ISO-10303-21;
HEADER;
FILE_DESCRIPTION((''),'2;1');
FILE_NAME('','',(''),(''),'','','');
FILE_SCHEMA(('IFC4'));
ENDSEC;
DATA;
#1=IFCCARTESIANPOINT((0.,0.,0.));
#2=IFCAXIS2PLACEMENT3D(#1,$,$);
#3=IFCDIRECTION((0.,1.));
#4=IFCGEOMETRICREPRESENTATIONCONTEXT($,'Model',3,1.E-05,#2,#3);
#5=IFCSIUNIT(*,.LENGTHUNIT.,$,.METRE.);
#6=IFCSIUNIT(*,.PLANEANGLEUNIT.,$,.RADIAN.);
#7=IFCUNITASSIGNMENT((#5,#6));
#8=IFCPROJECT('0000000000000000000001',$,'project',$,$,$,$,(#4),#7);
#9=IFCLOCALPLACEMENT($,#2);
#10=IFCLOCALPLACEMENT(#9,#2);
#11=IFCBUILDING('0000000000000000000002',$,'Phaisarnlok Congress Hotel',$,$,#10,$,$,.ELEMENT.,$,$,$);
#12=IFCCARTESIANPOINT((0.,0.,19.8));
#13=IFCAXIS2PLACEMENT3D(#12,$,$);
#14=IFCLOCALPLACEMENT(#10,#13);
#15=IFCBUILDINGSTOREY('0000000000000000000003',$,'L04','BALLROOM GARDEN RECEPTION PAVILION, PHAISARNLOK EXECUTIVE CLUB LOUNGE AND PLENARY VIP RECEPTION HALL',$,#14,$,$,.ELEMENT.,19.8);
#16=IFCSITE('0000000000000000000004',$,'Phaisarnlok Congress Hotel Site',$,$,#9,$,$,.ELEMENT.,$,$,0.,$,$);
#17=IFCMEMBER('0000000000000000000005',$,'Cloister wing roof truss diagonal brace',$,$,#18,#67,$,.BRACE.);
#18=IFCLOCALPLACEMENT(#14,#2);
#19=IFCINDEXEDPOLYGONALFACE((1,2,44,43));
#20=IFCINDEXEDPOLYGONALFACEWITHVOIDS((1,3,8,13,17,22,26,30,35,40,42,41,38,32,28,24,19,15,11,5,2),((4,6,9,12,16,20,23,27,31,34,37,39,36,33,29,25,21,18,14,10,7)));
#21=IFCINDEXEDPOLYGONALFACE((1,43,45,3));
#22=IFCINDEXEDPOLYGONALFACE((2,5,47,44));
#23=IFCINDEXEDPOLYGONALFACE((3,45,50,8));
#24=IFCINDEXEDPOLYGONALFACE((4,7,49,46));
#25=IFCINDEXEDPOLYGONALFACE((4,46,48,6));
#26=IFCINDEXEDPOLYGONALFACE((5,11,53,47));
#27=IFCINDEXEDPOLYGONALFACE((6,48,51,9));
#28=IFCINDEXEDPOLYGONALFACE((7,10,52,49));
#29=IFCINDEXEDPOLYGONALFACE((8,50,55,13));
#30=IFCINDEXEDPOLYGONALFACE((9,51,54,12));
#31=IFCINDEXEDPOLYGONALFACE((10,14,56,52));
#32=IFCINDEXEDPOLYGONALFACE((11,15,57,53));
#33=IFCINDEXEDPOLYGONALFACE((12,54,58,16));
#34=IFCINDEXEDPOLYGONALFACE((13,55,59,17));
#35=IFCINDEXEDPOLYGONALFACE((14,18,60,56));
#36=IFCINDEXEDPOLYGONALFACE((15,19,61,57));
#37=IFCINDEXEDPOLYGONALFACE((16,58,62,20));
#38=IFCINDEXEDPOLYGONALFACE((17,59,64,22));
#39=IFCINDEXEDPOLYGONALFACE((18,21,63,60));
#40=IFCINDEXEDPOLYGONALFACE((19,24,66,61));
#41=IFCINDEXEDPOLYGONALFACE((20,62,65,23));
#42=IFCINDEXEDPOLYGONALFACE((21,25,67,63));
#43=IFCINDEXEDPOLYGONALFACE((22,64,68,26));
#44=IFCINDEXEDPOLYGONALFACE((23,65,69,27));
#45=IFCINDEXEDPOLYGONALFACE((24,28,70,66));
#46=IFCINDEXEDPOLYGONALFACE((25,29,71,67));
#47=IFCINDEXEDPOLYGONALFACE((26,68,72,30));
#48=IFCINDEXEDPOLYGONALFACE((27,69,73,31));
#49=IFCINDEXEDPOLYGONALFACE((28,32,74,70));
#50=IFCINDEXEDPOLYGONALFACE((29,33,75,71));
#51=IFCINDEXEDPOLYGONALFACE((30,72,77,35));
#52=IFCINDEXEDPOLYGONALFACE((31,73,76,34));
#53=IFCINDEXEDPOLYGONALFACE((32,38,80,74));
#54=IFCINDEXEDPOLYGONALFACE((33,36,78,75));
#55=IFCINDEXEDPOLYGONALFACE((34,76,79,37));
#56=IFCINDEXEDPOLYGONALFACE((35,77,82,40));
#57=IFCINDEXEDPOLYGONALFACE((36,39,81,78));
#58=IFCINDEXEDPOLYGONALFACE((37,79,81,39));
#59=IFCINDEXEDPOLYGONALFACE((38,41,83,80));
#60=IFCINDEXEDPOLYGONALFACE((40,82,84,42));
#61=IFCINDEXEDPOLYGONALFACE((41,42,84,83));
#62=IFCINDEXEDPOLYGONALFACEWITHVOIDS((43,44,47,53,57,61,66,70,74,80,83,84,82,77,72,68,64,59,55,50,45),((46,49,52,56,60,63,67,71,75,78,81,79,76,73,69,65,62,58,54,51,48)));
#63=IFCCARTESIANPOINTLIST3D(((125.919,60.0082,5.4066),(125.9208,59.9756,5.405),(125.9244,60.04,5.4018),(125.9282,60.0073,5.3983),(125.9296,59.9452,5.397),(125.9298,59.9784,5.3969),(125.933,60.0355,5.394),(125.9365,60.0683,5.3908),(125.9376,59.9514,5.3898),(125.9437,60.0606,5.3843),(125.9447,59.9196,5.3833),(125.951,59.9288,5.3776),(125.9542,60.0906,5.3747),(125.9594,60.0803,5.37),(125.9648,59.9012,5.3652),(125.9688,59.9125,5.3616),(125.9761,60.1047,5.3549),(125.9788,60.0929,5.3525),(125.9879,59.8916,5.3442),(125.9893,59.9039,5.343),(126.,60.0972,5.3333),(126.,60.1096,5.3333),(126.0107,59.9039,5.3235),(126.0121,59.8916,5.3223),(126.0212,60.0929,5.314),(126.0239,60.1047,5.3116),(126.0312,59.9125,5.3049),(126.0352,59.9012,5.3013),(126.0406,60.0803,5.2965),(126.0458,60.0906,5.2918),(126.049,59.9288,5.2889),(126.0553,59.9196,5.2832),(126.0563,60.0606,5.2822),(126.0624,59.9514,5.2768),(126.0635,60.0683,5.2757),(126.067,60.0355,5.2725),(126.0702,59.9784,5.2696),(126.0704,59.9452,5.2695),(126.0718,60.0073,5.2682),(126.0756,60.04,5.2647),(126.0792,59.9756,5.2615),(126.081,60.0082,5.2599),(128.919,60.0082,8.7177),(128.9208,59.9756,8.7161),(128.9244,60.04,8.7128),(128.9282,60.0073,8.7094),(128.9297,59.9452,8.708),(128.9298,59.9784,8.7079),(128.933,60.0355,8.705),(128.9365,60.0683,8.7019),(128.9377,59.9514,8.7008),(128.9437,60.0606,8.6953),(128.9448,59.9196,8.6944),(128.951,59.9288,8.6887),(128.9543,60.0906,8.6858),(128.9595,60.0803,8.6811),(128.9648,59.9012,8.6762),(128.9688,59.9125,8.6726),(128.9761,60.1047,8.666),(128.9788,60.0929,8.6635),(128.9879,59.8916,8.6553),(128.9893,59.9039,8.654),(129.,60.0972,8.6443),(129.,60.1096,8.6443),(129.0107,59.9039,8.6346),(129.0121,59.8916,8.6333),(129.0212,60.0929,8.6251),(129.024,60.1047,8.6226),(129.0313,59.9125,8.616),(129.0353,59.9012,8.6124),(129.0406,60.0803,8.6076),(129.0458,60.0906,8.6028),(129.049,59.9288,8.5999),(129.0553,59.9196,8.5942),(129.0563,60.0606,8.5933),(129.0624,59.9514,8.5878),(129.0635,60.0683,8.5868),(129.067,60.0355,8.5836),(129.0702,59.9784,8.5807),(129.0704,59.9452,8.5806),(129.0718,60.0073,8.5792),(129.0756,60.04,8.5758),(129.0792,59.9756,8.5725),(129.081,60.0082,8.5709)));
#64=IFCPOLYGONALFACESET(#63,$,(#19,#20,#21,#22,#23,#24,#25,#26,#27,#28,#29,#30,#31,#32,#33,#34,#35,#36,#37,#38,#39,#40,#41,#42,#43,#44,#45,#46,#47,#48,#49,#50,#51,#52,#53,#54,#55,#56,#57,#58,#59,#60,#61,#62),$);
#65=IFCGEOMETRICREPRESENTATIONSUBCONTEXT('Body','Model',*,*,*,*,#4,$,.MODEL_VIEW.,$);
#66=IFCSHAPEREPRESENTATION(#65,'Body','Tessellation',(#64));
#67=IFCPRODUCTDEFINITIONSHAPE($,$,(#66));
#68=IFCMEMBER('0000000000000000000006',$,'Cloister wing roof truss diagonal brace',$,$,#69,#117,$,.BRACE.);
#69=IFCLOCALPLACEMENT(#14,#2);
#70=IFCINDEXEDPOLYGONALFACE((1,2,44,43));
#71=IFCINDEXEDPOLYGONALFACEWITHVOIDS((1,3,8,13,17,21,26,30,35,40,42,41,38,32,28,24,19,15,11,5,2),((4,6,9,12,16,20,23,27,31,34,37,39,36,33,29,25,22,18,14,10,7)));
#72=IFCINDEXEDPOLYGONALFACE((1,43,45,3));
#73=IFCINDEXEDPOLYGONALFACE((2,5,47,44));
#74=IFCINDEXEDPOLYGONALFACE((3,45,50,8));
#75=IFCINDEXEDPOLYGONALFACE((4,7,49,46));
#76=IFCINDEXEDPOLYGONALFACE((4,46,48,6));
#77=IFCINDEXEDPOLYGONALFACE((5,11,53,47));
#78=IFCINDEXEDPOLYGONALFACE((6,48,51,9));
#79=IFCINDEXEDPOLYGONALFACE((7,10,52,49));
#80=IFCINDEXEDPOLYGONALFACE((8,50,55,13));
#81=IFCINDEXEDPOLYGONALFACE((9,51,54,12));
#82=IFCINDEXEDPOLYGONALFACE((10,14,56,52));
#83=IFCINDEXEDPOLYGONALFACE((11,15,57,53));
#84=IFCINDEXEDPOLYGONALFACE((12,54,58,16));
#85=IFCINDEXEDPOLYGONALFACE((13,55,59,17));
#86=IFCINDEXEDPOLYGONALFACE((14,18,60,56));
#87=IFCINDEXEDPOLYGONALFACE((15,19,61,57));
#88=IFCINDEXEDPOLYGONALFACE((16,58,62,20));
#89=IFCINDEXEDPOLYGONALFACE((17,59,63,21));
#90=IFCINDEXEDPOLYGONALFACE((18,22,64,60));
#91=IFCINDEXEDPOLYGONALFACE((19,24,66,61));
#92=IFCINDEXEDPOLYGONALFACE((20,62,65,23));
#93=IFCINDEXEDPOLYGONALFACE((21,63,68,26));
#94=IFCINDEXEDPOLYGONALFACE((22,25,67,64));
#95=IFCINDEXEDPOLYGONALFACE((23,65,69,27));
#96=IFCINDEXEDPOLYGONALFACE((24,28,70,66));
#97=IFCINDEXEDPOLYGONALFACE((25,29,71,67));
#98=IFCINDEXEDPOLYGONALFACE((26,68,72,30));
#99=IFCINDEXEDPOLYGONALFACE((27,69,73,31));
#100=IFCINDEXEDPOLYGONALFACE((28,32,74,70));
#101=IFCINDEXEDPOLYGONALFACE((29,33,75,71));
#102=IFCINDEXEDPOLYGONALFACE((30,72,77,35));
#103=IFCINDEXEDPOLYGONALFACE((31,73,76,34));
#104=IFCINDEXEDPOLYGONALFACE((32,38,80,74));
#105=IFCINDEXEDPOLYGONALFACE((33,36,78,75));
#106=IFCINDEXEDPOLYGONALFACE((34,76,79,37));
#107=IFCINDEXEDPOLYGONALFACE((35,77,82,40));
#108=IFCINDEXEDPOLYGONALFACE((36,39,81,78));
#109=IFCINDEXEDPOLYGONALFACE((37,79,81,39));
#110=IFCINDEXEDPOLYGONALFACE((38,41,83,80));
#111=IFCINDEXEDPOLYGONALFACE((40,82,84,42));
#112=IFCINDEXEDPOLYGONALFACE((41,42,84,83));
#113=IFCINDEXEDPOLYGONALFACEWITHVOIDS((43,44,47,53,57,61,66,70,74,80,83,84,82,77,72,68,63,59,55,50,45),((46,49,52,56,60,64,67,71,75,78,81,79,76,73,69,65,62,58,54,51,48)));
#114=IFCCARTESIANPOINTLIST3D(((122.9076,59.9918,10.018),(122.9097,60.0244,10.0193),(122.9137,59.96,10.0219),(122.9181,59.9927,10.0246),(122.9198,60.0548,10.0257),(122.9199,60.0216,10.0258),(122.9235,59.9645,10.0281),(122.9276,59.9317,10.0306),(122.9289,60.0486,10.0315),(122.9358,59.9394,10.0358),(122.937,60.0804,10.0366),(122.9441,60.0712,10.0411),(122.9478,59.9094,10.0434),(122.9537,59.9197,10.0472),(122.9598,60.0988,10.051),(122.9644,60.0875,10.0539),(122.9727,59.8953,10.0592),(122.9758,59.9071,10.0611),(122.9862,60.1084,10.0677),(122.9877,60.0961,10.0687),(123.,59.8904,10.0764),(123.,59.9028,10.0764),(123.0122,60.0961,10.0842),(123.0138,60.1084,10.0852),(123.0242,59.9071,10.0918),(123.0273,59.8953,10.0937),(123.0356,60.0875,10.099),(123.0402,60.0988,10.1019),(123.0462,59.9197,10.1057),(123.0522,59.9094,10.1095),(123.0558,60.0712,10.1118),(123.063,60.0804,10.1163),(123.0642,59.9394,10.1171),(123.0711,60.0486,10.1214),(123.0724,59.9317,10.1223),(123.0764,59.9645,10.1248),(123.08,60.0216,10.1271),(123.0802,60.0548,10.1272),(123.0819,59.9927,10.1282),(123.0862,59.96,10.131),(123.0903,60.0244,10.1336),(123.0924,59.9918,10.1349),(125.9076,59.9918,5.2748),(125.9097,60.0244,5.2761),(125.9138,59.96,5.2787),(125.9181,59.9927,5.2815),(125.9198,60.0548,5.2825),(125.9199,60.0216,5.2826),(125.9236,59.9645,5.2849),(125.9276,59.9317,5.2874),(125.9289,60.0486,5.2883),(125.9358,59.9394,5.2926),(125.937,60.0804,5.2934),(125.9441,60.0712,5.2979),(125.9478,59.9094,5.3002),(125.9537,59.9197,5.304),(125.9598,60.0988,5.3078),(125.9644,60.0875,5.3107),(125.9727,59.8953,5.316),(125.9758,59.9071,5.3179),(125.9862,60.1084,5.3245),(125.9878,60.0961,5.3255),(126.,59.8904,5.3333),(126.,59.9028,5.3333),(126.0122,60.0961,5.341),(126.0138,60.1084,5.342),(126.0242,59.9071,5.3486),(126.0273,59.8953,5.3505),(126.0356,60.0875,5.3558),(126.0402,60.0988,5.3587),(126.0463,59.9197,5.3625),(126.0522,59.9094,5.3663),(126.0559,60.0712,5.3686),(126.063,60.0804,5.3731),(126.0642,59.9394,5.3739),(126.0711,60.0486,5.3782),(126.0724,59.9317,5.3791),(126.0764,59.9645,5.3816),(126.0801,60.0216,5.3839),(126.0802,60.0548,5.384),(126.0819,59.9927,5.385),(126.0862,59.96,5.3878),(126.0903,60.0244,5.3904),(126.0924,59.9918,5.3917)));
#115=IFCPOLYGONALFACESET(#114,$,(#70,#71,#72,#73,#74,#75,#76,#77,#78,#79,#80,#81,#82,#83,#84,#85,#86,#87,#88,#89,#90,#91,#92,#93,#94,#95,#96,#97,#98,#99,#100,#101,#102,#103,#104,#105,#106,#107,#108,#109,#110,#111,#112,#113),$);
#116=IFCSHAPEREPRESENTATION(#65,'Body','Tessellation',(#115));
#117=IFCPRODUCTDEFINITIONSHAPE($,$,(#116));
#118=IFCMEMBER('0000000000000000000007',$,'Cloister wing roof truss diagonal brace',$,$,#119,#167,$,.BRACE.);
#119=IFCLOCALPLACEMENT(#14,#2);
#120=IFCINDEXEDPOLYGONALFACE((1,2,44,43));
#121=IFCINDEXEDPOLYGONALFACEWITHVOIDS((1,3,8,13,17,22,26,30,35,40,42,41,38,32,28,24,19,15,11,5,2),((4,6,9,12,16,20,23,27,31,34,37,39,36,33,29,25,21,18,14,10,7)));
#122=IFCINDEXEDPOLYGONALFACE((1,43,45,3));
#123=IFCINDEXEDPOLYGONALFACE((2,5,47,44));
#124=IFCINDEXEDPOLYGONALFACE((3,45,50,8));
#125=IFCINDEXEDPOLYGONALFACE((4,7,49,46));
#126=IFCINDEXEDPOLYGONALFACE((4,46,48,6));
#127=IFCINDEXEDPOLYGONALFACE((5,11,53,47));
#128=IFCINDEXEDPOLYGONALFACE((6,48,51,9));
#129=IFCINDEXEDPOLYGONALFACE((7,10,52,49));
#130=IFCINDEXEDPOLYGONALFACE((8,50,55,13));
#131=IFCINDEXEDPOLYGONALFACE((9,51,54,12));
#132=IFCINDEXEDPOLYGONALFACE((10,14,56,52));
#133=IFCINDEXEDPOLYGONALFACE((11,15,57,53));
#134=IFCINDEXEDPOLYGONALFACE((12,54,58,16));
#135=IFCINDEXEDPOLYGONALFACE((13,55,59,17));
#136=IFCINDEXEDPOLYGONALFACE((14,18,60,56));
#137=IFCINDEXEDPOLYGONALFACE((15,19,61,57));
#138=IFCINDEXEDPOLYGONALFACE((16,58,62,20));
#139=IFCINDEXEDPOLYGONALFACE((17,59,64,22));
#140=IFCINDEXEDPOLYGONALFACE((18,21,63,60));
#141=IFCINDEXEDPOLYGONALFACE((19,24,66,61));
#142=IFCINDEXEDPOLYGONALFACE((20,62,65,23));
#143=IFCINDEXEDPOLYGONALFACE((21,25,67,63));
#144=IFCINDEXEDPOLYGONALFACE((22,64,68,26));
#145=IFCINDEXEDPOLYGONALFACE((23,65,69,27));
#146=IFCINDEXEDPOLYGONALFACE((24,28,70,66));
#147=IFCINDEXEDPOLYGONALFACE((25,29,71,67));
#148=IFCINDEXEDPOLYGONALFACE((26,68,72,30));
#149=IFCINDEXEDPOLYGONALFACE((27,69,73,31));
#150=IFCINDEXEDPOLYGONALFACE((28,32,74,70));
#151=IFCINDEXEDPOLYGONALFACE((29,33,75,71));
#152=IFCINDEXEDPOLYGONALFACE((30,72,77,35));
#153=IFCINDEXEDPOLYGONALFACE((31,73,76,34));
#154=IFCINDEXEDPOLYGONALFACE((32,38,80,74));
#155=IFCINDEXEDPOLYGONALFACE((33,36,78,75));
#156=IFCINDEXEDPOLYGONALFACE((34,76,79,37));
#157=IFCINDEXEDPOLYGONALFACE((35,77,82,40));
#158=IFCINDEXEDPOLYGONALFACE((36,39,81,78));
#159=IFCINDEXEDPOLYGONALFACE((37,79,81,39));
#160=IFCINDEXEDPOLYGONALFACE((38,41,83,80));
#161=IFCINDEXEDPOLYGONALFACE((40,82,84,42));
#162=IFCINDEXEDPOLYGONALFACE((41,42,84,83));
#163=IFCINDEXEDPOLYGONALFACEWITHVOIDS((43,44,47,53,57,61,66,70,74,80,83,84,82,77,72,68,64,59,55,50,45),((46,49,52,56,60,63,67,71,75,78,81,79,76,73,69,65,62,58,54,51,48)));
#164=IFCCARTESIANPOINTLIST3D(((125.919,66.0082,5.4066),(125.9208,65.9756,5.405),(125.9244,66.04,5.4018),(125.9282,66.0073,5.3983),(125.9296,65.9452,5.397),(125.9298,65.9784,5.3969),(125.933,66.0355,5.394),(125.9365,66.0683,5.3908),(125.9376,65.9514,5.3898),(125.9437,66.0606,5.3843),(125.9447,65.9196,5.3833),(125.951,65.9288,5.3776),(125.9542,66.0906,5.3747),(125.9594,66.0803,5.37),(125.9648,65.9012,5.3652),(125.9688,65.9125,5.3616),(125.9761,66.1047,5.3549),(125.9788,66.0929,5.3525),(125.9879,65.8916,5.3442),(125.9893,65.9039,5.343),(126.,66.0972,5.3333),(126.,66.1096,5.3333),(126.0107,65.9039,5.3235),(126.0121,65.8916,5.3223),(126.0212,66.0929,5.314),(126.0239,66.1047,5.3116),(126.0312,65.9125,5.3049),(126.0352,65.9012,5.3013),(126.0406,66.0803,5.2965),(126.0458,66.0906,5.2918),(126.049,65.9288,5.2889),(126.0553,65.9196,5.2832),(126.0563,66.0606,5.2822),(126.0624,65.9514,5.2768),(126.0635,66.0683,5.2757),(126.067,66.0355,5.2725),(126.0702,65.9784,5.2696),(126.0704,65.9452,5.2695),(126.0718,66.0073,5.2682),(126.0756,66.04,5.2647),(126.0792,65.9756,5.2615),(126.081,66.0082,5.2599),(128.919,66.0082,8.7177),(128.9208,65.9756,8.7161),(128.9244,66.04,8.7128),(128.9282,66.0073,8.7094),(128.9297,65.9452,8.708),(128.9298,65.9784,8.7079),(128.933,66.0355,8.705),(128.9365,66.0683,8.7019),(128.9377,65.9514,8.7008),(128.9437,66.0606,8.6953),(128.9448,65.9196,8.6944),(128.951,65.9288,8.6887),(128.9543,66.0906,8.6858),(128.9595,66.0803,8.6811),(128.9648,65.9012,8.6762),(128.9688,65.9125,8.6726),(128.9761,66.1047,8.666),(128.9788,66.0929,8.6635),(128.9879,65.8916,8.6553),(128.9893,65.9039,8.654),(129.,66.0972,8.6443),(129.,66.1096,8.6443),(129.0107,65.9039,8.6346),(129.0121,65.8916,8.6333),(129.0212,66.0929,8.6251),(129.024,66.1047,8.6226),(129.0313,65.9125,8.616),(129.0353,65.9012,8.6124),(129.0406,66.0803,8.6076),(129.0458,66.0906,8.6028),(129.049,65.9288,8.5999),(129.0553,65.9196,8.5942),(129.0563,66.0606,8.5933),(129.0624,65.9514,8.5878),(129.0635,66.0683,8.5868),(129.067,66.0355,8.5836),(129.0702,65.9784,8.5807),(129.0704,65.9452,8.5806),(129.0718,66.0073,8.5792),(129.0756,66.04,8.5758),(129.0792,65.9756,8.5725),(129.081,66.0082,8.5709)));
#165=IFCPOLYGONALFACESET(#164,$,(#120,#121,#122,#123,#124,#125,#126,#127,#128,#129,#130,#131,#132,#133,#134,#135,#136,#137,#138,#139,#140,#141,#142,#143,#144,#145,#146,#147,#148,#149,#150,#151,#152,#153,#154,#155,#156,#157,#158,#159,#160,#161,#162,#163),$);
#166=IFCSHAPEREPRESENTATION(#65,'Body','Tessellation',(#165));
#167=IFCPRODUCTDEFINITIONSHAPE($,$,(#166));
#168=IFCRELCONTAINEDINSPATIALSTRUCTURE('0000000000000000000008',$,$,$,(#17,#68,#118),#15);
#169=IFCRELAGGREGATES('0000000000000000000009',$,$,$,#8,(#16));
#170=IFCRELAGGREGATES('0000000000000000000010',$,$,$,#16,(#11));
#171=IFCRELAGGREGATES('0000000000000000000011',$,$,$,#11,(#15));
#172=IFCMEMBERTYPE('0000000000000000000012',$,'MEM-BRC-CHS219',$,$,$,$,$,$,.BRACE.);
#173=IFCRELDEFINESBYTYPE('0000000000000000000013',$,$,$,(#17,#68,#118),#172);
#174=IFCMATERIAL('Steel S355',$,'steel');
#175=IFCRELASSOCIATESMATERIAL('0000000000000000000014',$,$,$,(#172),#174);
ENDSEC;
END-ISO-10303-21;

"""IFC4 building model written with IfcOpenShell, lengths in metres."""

from ifc_helpers import new_model, si_unit, direction, frame, origin, origin_2d, place, context, subcontext, project, spatial, hollow_circle, extrude, material, material_profile, profile_set, type_object, element, save


model = new_model("IFC4")

# Units and contexts
model_context = context("Model", 3, precision=1e-05, world=origin(), true_north=direction((0.0, 1.0)))
body_context = subcontext(model_context, "Body", "Model", "MODEL_VIEW")
ifc_project = project(units=[si_unit("LENGTHUNIT", "METRE"), si_unit("PLANEANGLEUNIT", "RADIAN")], contexts=[model_context])

# Site, building, storey
site_placement = place(None, origin())
site = spatial("IfcSite", under=ifc_project, at=site_placement, Name="Phaisarnlok Congress Hotel Site", CompositionType="ELEMENT", RefElevation=0.0)
building_placement = place(site_placement, origin())
building = spatial("IfcBuilding", under=site, at=building_placement, Name="Phaisarnlok Congress Hotel", CompositionType="ELEMENT")
storey_placement = place(building_placement, frame((0.0, 0.0, 19.8)))
storey = spatial("IfcBuildingStorey", under=building, at=storey_placement, Name="L04", Description="BALLROOM GARDEN RECEPTION PAVILION, PHAISARNLOK EXECUTIVE CLUB LOUNGE AND PLENARY VIP RECEPTION HALL", CompositionType="ELEMENT", Elevation=19.8)

# Shared definitions
ifc_material_1 = material(Name="Steel S355", Category="steel")

# Members
ifc_material_profile_1 = material_profile(ifc_material_1, hollow_circle(Radius=0.1096, WallThickness=0.0125, at=origin_2d()), Name="CHS 219.1x12.5")
ifc_profile_set_1 = profile_set([ifc_material_profile_1], Name="Steel S355")
member_type_1 = type_object("IfcMemberType", Name="MEM-BRC-CHS219", PredefinedType="BRACE", material=ifc_profile_set_1)
member_1_placement = place(storey_placement, frame((126.0, 60.0, 5.3333), z_axis=(0.671443, 0.0, 0.741057), x_axis=(0.0, 1.0, 0.0)))
element("IfcMember", 1, at=member_1_placement, inside=storey, type_object=member_type_1, Name="Cloister wing roof truss diagonal brace", PredefinedType="BRACE", context=body_context, shape_type="SweptSolid", body=[
    extrude(hollow_circle(Radius=0.1096, WallThickness=0.0125, at=origin_2d()), origin(), (0.0, 0.0, 1.0), 4.468),
])
member_2_placement = place(storey_placement, frame((126.0, 60.0, 5.3333), z_axis=(-0.534543, 0.0, 0.845141), x_axis=(0.0, -1.0, 0.0)))
element("IfcMember", 2, at=member_2_placement, inside=storey, type_object=member_type_1, Name="Cloister wing roof truss diagonal brace", PredefinedType="BRACE", context=body_context, shape_type="SweptSolid", body=[
    extrude(hollow_circle(Radius=0.1096, WallThickness=0.0125, at=origin_2d()), origin(), (0.0, 0.0, 1.0), 5.6123),
])
member_3_placement = place(storey_placement, frame((126.0, 66.0, 5.3333), z_axis=(0.671443, 0.0, 0.741057), x_axis=(0.0, 1.0, 0.0)))
element("IfcMember", 3, at=member_3_placement, inside=storey, type_object=member_type_1, Name="Cloister wing roof truss diagonal brace", PredefinedType="BRACE", context=body_context, shape_type="SweptSolid", body=[
    extrude(hollow_circle(Radius=0.1096, WallThickness=0.0125, at=origin_2d()), origin(), (0.0, 0.0, 1.0), 4.468),
])

save(model, "model.ifc")
